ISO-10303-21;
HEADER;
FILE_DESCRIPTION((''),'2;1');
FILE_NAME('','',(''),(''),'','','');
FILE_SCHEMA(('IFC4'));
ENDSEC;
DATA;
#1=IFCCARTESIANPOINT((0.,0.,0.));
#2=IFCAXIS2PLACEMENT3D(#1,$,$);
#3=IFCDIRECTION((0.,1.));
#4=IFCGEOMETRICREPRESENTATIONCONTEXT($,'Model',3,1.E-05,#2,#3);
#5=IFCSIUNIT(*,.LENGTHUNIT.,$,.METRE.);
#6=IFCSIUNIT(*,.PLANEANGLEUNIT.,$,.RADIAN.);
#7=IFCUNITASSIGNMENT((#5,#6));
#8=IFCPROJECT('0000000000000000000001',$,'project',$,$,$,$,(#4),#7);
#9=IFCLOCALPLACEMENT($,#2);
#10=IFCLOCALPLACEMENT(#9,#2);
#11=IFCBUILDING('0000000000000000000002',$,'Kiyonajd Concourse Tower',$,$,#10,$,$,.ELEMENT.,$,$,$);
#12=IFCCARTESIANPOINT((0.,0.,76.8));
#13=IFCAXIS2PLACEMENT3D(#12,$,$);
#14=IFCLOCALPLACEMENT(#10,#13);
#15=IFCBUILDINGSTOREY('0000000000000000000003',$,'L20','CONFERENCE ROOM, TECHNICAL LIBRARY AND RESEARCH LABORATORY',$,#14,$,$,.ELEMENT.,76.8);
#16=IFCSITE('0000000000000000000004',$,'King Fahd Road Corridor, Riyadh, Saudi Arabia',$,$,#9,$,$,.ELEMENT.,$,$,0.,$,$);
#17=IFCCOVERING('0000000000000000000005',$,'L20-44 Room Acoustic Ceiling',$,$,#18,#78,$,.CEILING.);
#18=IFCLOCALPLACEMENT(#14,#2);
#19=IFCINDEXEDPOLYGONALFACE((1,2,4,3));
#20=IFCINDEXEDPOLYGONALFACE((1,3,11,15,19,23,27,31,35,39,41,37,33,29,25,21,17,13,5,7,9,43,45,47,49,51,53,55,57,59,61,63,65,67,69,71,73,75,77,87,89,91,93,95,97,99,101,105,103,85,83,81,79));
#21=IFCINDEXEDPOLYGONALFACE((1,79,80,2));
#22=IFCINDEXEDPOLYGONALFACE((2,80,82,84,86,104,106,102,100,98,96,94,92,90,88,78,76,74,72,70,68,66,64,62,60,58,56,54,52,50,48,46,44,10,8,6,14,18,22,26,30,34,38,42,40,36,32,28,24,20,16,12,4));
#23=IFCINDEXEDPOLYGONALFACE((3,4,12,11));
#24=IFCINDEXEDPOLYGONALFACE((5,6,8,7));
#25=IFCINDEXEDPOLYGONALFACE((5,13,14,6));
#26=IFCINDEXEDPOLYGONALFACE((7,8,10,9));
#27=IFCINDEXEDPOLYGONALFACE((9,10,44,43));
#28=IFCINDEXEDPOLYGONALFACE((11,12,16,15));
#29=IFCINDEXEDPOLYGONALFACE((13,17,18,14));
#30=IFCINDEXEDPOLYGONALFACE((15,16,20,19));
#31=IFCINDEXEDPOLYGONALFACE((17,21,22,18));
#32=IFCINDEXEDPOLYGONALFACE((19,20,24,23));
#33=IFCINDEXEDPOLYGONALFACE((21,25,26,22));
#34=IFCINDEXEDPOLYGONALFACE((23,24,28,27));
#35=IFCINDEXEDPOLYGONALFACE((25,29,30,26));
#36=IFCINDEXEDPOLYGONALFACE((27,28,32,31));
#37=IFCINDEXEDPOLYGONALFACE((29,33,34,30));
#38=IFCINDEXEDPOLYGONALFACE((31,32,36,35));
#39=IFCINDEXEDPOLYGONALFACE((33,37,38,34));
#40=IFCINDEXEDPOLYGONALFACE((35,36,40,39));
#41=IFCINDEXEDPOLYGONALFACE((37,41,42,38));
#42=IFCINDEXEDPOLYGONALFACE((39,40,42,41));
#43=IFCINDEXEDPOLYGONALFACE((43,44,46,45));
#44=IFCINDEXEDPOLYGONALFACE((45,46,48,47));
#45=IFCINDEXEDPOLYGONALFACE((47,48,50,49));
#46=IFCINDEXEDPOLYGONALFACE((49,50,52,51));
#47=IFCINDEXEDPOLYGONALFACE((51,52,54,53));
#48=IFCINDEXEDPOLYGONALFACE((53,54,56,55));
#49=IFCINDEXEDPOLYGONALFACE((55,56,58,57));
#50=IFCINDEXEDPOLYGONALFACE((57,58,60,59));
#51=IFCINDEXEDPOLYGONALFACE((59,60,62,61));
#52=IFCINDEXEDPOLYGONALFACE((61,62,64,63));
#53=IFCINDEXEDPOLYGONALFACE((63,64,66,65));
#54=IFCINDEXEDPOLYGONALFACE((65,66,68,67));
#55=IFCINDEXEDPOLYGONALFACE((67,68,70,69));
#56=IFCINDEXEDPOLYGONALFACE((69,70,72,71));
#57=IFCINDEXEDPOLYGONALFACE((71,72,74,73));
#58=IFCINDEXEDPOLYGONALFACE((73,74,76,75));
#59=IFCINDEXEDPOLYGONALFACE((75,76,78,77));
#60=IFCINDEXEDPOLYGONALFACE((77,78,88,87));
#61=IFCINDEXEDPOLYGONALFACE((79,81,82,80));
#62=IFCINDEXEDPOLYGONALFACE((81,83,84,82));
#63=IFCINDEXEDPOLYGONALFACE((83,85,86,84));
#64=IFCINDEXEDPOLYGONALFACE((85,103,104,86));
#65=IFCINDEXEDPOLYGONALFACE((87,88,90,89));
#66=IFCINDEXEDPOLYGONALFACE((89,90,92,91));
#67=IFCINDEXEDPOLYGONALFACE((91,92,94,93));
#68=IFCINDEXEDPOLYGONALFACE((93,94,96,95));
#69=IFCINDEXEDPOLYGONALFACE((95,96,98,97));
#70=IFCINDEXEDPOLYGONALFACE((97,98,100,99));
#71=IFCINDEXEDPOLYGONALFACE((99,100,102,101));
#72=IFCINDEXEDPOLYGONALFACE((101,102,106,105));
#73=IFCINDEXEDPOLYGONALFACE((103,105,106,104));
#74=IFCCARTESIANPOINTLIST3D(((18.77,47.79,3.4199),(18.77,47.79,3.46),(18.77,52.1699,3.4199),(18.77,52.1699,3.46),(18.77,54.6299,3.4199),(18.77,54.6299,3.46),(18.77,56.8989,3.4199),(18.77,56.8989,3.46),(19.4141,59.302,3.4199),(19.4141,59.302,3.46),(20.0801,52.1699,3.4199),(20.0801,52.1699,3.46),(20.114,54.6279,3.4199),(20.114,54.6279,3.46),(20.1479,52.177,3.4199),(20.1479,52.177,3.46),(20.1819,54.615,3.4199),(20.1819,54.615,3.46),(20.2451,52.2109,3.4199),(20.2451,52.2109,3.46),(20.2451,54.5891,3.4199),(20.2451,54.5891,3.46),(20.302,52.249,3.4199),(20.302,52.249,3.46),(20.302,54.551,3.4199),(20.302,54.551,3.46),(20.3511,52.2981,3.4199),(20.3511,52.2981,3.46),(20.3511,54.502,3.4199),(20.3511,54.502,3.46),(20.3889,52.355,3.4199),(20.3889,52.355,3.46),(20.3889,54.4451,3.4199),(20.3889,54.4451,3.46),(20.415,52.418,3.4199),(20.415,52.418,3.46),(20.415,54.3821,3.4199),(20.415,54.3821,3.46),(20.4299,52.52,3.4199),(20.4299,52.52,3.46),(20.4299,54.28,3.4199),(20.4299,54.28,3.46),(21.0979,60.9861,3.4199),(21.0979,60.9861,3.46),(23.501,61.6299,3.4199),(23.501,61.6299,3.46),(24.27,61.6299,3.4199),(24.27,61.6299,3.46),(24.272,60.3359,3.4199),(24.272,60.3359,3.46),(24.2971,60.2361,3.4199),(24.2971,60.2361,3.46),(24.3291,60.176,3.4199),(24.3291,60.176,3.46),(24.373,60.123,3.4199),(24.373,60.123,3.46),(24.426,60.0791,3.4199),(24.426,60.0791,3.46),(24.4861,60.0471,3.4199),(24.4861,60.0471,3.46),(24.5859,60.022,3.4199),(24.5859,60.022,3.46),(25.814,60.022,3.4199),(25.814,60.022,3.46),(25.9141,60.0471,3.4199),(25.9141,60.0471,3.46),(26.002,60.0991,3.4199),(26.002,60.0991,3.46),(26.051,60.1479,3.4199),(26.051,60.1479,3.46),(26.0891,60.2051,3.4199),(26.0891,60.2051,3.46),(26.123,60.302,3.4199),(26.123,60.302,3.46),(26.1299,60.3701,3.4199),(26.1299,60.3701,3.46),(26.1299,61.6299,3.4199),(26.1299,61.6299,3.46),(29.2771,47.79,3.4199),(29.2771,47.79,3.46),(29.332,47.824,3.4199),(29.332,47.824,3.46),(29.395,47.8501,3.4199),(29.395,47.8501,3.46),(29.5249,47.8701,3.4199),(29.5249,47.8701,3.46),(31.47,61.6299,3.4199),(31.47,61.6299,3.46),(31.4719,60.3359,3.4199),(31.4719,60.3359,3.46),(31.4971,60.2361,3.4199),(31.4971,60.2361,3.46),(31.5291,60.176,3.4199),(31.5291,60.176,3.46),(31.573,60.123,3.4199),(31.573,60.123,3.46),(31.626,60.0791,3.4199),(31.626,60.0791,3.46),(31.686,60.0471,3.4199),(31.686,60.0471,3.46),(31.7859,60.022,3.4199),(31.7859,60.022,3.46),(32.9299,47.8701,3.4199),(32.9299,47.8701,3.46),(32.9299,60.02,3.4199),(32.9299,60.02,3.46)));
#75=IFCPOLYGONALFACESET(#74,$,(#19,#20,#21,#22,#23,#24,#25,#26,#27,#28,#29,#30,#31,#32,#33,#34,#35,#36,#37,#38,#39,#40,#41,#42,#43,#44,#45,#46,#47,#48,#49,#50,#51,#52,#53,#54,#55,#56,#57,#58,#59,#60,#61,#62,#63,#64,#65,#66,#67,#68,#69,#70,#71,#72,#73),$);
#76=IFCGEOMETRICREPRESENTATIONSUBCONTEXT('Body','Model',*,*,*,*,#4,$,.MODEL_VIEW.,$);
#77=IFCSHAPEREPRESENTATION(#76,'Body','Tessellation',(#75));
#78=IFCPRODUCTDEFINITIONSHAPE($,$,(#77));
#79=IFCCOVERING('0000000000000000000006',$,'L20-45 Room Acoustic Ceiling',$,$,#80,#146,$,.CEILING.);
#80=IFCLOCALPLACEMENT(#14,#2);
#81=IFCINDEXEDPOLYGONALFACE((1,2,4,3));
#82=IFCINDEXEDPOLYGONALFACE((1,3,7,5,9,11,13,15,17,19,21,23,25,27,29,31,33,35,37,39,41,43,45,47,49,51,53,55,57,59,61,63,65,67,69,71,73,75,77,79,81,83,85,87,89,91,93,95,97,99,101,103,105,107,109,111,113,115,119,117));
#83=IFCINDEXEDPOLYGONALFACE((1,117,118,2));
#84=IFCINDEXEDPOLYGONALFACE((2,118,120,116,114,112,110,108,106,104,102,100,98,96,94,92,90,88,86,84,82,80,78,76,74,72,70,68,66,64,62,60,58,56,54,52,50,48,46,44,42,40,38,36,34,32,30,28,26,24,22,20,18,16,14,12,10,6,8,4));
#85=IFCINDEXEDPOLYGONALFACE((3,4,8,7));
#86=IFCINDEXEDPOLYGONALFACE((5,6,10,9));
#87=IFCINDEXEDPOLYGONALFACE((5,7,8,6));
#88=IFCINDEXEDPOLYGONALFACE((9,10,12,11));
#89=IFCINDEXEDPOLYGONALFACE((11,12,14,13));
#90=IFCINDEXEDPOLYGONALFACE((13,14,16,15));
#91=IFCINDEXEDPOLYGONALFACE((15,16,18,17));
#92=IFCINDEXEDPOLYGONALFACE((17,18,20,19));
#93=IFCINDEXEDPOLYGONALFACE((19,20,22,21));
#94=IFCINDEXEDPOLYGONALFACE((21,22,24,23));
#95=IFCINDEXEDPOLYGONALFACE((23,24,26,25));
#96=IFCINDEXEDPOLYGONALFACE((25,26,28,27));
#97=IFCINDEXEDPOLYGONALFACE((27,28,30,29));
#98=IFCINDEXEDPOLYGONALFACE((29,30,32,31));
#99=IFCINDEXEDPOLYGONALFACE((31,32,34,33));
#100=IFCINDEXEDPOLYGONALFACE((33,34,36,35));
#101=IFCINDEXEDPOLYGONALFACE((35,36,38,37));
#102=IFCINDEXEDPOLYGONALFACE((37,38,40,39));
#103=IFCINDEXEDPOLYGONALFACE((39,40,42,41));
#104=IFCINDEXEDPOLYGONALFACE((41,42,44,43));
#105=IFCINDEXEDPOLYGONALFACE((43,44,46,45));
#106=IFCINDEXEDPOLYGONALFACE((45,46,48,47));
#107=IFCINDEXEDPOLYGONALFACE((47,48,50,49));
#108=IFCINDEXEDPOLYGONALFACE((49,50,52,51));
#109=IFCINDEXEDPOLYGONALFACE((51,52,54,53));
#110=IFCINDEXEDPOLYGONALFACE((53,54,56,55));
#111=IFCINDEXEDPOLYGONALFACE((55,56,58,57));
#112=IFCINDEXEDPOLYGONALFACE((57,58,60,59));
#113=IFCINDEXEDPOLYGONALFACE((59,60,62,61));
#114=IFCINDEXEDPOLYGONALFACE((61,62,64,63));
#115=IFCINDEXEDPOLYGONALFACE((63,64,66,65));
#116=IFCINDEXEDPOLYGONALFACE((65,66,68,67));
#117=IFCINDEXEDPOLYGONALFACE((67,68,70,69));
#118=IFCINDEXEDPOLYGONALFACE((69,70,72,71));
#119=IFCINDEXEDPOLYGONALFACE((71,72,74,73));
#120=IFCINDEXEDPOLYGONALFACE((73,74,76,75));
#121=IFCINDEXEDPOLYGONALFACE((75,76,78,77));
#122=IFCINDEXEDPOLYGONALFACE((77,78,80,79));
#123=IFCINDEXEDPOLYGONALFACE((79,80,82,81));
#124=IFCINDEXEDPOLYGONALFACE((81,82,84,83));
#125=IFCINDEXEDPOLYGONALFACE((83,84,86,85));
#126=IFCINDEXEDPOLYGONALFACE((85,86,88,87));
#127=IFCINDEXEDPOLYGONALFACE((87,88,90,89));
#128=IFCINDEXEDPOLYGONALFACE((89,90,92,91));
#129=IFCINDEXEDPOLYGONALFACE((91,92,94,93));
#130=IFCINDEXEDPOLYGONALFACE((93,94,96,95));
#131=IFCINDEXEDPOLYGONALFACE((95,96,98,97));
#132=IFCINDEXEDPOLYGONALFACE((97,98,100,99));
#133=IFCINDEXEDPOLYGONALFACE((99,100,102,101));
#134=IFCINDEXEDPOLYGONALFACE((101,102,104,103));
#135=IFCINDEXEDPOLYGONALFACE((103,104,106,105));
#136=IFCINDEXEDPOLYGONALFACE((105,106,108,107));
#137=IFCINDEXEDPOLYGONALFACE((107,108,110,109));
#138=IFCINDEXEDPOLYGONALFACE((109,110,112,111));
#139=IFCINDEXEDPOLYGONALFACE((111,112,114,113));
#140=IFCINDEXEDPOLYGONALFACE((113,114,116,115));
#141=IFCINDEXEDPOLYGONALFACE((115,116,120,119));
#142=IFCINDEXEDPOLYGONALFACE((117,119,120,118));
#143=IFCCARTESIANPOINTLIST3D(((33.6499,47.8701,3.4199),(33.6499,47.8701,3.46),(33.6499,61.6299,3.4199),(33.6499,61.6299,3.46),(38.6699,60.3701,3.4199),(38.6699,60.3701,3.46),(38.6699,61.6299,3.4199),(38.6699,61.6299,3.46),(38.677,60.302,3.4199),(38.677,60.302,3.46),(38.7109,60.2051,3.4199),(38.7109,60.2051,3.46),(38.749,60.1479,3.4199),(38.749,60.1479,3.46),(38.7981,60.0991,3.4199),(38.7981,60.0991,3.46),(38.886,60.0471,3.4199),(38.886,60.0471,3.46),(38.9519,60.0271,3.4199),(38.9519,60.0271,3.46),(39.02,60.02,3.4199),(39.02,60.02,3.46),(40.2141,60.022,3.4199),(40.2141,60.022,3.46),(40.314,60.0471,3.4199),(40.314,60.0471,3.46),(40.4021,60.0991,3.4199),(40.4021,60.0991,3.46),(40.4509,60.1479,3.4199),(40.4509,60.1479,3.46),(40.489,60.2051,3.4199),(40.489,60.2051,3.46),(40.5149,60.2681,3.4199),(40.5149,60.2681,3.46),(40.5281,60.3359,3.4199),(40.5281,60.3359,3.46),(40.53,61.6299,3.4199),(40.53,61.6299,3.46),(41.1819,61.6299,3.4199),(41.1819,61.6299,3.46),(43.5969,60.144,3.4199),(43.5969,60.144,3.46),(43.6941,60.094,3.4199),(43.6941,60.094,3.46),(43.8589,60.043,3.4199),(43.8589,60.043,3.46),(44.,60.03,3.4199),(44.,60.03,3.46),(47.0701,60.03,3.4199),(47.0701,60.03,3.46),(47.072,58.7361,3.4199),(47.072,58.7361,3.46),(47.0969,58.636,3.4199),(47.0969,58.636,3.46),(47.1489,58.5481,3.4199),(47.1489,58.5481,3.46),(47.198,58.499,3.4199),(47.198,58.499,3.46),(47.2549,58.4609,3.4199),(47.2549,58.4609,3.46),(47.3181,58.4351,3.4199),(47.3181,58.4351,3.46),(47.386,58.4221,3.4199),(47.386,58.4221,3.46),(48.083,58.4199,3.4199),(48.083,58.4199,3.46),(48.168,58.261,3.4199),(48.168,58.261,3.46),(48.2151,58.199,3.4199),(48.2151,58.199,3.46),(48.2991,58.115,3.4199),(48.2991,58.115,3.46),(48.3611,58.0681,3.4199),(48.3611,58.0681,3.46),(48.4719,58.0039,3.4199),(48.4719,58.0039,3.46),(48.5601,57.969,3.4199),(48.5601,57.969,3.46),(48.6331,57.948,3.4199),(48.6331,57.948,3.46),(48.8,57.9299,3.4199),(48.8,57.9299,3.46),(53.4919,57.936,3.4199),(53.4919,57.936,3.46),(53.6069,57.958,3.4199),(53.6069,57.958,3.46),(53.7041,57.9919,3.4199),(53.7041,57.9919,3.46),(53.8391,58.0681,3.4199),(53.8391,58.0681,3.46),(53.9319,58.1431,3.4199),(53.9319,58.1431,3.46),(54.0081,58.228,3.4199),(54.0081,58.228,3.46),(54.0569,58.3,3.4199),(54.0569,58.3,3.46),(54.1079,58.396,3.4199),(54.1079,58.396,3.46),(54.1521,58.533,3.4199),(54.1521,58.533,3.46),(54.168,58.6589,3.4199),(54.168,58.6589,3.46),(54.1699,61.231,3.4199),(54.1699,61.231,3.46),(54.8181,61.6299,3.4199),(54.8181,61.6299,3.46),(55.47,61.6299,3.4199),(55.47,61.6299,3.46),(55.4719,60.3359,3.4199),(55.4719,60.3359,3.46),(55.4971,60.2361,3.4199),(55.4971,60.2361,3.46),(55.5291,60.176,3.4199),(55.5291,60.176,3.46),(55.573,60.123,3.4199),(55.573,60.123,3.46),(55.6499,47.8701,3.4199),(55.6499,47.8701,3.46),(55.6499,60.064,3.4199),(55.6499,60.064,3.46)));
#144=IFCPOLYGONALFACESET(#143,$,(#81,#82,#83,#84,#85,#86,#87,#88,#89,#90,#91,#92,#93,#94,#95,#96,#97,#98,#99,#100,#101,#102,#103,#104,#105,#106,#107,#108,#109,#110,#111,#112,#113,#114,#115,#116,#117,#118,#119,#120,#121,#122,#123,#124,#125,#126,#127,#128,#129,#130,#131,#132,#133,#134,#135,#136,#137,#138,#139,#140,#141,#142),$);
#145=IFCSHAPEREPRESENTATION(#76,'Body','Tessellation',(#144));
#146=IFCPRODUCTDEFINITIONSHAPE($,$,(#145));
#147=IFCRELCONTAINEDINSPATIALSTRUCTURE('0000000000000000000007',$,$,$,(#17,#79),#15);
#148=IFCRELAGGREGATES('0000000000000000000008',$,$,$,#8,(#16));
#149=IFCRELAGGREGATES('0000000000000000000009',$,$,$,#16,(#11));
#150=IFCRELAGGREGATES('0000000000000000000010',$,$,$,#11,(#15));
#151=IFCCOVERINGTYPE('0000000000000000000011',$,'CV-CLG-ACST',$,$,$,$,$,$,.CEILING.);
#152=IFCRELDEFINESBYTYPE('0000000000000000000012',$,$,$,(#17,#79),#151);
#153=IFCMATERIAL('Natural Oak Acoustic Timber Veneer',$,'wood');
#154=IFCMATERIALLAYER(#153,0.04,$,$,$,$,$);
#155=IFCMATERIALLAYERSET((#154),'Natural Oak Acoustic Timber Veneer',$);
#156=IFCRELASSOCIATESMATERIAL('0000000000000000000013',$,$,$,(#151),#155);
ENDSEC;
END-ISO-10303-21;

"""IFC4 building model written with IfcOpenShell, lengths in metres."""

from ifc_helpers import new_model, si_unit, direction, frame, origin, place, context, subcontext, project, spatial, polyline, outline, extrude, material, layer, layer_set, type_object, element, save


model = new_model("IFC4")

# Units and contexts
model_context = context("Model", 3, precision=1e-05, world=origin(), true_north=direction((0.0, 1.0)))
body_context = subcontext(model_context, "Body", "Model", "MODEL_VIEW")
ifc_project = project(units=[si_unit("LENGTHUNIT", "METRE"), si_unit("PLANEANGLEUNIT", "RADIAN")], contexts=[model_context])

# Site, building, storey
site_placement = place(None, origin())
site = spatial("IfcSite", under=ifc_project, at=site_placement, Name="King Fahd Road Corridor, Riyadh, Saudi Arabia", CompositionType="ELEMENT", RefElevation=0.0)
building_placement = place(site_placement, origin())
building = spatial("IfcBuilding", under=site, at=building_placement, Name="Kiyonajd Concourse Tower", CompositionType="ELEMENT")
storey_placement = place(building_placement, frame((0.0, 0.0, 76.8)))
storey = spatial("IfcBuildingStorey", under=building, at=storey_placement, Name="L20", Description="CONFERENCE ROOM, TECHNICAL LIBRARY AND RESEARCH LABORATORY", CompositionType="ELEMENT", Elevation=76.8)

# Coverings
ifc_material_1 = material(Name="Natural Oak Acoustic Timber Veneer", Category="wood")
ifc_layer_1 = layer(ifc_material_1, 0.04)
ifc_layer_set_1 = layer_set([ifc_layer_1], Name="Natural Oak Acoustic Timber Veneer")
covering_type = type_object("IfcCoveringType", Name="CV-CLG-ACST", PredefinedType="CEILING", material=ifc_layer_set_1)
covering_1_placement = place(storey_placement, frame((0.0, 0.0, 3.4199)))
element("IfcCovering", 1, at=covering_1_placement, inside=storey, type_object=covering_type, Name="L20-44 Room Acoustic Ceiling", PredefinedType="CEILING", context=body_context, shape_type="SweptSolid", body=[
    extrude(outline(polyline([(21.0979, 60.9861), (23.501, 61.6299), (24.27, 61.6299), (24.272, 60.3359), (24.2971, 60.2361), (24.3291, 60.176), (24.373, 60.123), (24.426, 60.0791), (24.4861, 60.0471), (24.5859, 60.022), (25.814, 60.022), (25.9141, 60.0471), (26.002, 60.0991), (26.051, 60.1479), (26.0891, 60.2051), (26.123, 60.302), (26.1299, 60.3701), (26.1299, 61.6299), (31.47, 61.6299), (31.4719, 60.3359), (31.4971, 60.2361), (31.5291, 60.176), (31.573, 60.123), (31.626, 60.0791), (31.686, 60.0471), (31.7859, 60.022), (32.9299, 60.02), (32.9299, 47.8701), (29.5249, 47.8701), (29.395, 47.8501), (29.332, 47.824), (29.2771, 47.79), (18.77, 47.79), (18.77, 52.1699), (20.0801, 52.1699), (20.1479, 52.177), (20.2451, 52.2109), (20.302, 52.249), (20.3511, 52.2981), (20.3889, 52.355), (20.415, 52.418), (20.4299, 52.52), (20.4299, 54.28), (20.415, 54.3821), (20.3889, 54.4451), (20.3511, 54.502), (20.302, 54.551), (20.2451, 54.5891), (20.1819, 54.615), (20.114, 54.6279), (18.77, 54.6299), (18.77, 56.8989), (19.4141, 59.302), (21.0979, 60.9861)])), origin(), (0.0, 0.0, 1.0), 0.04),
])
covering_2_placement = place(storey_placement, frame((0.0, 0.0, 3.4199)))
element("IfcCovering", 2, at=covering_2_placement, inside=storey, type_object=covering_type, Name="L20-45 Room Acoustic Ceiling", PredefinedType="CEILING", context=body_context, shape_type="SweptSolid", body=[
    extrude(outline(polyline([(43.6941, 60.094), (43.8589, 60.043), (44.0, 60.03), (47.0701, 60.03), (47.072, 58.7361), (47.0969, 58.636), (47.1489, 58.5481), (47.198, 58.499), (47.2549, 58.4609), (47.3181, 58.4351), (47.386, 58.4221), (48.083, 58.4199), (48.168, 58.261), (48.2151, 58.199), (48.2991, 58.115), (48.3611, 58.0681), (48.4719, 58.0039), (48.5601, 57.969), (48.6331, 57.948), (48.8, 57.9299), (53.4919, 57.936), (53.6069, 57.958), (53.7041, 57.9919), (53.8391, 58.0681), (53.9319, 58.1431), (54.0081, 58.228), (54.0569, 58.3), (54.1079, 58.396), (54.1521, 58.533), (54.168, 58.6589), (54.1699, 61.231), (54.8181, 61.6299), (55.47, 61.6299), (55.4719, 60.3359), (55.4971, 60.2361), (55.5291, 60.176), (55.573, 60.123), (55.6499, 60.064), (55.6499, 47.8701), (33.6499, 47.8701), (33.6499, 61.6299), (38.6699, 61.6299), (38.6699, 60.3701), (38.677, 60.302), (38.7109, 60.2051), (38.749, 60.1479), (38.7981, 60.0991), (38.886, 60.0471), (38.9519, 60.0271), (39.02, 60.02), (40.2141, 60.022), (40.314, 60.0471), (40.4021, 60.0991), (40.4509, 60.1479), (40.489, 60.2051), (40.5149, 60.2681), (40.5281, 60.3359), (40.53, 61.6299), (41.1819, 61.6299), (43.5969, 60.144), (43.6941, 60.094)])), origin(), (0.0, 0.0, 1.0), 0.04),
])

save(model, "model.ifc")
